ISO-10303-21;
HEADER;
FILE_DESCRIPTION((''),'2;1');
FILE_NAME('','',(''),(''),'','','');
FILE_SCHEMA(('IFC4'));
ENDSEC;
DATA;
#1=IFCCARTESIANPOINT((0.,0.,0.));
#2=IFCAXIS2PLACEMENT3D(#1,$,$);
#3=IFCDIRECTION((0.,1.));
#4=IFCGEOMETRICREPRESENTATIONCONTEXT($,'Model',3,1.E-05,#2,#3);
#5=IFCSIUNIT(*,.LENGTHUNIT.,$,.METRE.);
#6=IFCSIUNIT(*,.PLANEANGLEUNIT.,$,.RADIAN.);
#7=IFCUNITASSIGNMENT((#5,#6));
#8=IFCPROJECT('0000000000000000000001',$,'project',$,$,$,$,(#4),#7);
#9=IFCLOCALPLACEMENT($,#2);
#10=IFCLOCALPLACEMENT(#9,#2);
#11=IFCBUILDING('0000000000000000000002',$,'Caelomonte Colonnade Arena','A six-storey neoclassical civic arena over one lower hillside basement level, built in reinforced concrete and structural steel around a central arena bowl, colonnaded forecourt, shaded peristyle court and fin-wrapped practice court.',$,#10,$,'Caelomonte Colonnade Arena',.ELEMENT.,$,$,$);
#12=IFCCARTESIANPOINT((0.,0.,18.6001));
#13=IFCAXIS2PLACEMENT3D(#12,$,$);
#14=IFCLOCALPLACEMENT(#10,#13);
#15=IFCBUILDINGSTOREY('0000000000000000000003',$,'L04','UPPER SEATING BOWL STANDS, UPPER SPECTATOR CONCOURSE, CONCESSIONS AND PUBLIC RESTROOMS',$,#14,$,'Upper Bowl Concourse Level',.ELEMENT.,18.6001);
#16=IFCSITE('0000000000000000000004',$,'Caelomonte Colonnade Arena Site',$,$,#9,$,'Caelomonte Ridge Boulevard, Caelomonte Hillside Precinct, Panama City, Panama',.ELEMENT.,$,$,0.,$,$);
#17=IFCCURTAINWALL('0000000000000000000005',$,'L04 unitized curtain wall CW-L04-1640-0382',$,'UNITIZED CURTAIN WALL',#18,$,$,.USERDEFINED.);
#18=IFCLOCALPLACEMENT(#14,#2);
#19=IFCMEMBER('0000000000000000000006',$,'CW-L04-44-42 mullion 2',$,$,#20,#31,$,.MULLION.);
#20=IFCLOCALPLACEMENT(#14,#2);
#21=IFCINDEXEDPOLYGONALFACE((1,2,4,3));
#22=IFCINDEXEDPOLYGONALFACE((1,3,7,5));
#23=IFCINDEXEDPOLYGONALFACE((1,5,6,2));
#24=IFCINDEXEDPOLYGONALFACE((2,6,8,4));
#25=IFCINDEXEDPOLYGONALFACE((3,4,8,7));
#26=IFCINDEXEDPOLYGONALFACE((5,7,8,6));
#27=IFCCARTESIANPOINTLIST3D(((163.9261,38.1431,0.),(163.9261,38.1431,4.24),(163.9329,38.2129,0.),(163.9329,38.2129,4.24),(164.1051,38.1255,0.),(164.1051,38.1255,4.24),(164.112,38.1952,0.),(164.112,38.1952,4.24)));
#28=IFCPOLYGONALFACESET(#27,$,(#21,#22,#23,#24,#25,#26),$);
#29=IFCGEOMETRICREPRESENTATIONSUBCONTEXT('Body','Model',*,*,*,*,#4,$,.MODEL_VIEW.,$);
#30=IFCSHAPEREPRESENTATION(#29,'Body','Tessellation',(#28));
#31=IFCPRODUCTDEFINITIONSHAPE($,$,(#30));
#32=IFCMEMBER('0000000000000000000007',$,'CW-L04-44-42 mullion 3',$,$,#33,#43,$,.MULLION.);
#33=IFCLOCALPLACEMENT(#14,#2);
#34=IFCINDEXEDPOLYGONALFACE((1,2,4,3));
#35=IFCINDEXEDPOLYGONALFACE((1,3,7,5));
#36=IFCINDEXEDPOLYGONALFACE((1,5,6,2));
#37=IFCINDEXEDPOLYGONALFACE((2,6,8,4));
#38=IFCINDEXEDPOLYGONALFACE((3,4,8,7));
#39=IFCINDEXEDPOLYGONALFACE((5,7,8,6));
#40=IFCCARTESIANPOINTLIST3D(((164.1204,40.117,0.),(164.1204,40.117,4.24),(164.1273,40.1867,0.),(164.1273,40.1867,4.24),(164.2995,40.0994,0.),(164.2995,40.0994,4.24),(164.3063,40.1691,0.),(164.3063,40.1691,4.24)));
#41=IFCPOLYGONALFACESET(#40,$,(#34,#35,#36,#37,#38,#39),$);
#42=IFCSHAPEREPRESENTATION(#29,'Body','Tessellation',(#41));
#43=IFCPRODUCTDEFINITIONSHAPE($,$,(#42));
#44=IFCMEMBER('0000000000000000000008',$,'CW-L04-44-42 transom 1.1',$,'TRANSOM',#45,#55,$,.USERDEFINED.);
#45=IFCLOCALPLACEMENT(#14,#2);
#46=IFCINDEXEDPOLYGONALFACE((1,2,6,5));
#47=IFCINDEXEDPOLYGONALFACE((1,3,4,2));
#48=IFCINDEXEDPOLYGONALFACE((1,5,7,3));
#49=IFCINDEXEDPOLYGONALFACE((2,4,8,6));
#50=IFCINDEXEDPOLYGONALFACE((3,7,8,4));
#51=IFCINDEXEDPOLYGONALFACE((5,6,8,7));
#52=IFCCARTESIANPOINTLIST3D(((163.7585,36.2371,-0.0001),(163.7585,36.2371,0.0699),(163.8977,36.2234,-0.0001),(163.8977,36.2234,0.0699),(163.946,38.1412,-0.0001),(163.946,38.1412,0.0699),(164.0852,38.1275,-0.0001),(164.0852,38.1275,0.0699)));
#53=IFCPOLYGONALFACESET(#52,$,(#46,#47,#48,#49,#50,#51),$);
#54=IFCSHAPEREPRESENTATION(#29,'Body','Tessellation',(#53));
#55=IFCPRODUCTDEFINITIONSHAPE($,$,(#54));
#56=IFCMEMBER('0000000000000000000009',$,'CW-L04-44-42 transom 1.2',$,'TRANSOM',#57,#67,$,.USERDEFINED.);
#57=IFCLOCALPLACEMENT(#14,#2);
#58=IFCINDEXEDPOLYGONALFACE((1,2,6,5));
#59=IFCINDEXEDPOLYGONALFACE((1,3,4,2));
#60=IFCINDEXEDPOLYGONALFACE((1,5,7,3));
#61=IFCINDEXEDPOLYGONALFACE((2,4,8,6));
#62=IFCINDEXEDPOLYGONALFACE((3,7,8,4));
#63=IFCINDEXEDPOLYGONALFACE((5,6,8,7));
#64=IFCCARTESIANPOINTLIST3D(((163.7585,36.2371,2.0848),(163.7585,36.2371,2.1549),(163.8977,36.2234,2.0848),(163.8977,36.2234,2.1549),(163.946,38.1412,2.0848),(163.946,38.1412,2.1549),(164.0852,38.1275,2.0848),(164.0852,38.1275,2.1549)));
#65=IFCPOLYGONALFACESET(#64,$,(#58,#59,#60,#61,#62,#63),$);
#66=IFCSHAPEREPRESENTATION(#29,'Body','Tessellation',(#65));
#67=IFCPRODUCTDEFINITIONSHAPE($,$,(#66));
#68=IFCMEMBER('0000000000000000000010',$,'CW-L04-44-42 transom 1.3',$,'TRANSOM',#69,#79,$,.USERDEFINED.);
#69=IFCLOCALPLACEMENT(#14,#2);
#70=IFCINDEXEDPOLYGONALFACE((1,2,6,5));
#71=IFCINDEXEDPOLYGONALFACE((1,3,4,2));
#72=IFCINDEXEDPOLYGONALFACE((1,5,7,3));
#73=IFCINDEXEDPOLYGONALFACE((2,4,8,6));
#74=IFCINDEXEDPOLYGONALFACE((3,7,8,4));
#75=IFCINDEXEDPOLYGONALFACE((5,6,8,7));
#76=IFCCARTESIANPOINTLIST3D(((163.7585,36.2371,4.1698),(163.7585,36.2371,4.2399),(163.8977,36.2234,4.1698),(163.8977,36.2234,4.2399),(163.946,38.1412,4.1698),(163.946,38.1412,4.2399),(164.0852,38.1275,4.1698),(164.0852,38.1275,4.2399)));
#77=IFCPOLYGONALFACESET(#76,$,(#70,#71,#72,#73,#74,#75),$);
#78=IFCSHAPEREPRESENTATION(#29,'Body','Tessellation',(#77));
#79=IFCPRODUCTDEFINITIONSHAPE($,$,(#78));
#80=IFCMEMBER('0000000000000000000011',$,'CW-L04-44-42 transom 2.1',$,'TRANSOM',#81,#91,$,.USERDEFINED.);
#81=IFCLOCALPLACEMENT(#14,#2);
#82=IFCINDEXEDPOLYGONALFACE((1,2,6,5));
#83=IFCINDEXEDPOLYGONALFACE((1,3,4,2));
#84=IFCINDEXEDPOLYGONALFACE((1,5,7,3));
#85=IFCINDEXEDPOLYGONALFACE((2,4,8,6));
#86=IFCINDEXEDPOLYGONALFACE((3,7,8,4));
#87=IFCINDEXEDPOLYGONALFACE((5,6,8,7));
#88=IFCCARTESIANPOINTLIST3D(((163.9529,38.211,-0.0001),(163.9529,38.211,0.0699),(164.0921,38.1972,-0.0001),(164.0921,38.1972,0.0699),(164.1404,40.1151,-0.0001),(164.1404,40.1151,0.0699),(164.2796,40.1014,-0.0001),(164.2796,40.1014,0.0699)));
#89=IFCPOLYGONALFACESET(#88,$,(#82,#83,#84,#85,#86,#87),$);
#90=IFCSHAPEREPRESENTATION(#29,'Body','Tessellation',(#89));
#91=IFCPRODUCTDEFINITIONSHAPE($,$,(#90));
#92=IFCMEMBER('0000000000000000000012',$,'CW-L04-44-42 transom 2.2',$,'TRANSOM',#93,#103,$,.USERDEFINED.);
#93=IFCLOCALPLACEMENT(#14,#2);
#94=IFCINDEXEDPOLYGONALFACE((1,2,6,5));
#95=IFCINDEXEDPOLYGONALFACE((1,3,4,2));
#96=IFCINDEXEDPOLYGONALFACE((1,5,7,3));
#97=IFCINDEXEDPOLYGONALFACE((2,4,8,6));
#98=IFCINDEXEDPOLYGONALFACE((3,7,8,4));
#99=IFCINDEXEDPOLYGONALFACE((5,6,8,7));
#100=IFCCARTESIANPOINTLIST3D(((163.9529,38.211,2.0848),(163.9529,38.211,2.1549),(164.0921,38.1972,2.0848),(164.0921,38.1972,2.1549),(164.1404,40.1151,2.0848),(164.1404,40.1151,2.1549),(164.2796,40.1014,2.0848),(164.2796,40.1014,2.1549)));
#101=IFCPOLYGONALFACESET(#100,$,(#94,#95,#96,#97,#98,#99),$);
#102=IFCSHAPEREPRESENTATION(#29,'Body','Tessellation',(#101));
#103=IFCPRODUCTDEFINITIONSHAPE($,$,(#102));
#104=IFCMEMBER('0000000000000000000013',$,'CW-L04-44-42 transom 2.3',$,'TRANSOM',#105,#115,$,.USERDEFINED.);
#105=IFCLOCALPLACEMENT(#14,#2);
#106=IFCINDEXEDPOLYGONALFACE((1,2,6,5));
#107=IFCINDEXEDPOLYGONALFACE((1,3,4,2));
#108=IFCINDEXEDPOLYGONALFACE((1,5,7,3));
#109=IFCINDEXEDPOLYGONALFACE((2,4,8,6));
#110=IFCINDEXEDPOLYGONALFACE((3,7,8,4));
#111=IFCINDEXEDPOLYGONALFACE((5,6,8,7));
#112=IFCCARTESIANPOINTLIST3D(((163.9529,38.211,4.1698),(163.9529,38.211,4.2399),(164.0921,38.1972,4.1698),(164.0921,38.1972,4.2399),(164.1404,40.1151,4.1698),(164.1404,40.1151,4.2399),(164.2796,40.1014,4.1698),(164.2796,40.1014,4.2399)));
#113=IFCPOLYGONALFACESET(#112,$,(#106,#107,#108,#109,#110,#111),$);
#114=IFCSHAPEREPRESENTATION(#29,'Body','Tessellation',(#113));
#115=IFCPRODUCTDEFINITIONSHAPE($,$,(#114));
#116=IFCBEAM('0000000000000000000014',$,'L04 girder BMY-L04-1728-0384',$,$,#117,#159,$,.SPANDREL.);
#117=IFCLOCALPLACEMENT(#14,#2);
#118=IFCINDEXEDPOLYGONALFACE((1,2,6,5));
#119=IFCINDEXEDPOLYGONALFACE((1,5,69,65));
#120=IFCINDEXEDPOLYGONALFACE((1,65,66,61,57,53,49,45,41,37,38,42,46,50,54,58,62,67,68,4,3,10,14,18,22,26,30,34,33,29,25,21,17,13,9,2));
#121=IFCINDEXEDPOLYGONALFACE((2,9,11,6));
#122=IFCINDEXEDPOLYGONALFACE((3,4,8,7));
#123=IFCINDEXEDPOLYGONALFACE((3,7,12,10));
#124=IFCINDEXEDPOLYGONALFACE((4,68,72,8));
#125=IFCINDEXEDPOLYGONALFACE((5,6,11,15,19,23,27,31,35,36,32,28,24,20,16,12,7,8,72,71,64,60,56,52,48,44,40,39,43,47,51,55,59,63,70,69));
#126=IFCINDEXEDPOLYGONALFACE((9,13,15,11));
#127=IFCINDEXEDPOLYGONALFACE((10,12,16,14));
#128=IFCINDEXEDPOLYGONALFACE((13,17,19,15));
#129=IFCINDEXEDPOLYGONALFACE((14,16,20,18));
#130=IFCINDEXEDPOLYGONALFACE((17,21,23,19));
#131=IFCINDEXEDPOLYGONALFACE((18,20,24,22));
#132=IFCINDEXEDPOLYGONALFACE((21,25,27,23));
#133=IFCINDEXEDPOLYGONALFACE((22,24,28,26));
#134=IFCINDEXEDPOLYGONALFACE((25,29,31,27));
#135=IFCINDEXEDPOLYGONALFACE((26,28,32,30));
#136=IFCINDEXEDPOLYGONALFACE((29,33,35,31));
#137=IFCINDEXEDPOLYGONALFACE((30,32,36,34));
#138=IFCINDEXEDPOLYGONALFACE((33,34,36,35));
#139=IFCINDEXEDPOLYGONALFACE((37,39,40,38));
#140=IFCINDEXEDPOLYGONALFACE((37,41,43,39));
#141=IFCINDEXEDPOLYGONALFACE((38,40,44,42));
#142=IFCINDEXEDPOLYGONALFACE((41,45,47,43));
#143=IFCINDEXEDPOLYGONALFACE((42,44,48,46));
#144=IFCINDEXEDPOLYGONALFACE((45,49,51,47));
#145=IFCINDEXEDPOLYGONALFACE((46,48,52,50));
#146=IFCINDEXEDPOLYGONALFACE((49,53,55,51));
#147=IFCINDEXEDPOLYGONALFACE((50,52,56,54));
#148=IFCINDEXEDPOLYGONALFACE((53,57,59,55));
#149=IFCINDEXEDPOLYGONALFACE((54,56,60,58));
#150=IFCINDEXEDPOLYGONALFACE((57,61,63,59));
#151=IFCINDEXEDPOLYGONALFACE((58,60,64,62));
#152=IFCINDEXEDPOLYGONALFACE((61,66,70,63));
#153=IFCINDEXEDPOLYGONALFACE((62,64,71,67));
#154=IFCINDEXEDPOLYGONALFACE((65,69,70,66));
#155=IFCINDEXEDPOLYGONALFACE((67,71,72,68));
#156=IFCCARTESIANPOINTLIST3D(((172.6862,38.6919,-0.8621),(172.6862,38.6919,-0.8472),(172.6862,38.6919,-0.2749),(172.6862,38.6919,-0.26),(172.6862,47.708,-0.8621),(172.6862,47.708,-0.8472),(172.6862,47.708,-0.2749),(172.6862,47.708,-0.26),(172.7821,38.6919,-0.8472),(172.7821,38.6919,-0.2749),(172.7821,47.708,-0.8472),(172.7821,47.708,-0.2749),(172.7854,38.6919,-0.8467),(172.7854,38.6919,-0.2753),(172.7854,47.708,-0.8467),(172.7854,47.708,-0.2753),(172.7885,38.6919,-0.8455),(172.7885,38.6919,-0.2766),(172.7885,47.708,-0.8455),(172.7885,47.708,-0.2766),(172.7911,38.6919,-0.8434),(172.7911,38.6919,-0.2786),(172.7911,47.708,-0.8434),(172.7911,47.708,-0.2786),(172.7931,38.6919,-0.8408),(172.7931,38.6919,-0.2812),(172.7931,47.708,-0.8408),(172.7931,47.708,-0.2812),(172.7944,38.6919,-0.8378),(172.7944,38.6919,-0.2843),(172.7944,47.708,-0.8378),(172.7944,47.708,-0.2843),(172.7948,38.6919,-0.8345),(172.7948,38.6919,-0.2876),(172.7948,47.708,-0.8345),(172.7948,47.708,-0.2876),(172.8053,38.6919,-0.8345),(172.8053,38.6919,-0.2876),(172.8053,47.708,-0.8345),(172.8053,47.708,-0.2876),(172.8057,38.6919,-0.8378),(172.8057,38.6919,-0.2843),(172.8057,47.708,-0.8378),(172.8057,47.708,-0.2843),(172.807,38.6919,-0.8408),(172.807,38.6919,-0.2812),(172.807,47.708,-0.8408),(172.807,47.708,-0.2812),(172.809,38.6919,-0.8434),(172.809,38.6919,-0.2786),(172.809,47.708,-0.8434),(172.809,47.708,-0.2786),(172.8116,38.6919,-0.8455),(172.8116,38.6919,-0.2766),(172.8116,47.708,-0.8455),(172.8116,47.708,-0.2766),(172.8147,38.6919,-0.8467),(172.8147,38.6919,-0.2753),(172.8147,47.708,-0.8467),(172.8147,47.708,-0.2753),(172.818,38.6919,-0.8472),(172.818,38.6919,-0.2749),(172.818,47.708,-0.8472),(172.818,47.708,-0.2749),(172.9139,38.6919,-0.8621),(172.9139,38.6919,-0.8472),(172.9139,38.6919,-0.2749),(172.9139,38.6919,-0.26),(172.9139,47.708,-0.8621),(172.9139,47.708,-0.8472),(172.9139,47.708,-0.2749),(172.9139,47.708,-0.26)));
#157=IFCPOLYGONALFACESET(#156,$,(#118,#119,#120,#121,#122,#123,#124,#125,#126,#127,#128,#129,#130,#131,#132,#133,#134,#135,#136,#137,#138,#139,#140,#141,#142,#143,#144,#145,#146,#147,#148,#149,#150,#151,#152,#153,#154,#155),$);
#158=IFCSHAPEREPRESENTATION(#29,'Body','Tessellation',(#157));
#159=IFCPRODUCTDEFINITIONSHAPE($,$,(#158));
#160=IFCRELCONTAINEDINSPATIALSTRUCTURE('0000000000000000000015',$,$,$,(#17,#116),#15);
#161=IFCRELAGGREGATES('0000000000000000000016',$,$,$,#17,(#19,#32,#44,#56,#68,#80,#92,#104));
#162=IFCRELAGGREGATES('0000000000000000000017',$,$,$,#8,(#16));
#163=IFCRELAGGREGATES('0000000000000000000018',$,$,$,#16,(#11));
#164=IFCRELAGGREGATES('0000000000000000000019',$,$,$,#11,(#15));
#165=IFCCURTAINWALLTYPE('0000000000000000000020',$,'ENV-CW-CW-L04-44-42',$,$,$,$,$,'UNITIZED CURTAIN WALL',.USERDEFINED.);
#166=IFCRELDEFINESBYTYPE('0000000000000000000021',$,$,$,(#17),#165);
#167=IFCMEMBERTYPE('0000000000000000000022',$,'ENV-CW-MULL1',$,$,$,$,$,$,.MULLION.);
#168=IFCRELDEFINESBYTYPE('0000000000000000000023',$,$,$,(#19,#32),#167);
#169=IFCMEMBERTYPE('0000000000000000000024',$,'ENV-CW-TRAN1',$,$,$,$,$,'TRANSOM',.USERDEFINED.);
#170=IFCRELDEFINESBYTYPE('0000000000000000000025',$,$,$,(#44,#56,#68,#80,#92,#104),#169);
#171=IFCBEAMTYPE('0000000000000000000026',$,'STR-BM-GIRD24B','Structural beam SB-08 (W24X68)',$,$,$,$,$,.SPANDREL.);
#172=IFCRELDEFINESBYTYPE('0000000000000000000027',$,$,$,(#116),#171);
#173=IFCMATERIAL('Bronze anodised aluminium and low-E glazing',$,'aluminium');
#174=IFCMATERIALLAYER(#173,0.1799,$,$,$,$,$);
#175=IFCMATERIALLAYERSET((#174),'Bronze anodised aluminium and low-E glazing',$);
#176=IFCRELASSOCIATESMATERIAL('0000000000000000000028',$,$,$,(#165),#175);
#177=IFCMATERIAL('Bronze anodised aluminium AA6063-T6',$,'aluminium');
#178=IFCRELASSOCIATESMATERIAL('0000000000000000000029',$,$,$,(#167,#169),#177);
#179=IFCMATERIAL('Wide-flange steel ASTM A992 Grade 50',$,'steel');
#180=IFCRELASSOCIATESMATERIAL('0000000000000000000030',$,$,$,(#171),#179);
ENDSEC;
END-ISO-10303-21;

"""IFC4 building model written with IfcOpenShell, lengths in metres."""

from ifc_helpers import new_model, si_unit, direction, frame, origin, origin_2d, place, context, subcontext, project, spatial, rectangle, i_section, extrude, material, layer, layer_set, material_profile, profile_set, type_object, element, aggregate, save


model = new_model("IFC4")

# Units and contexts
model_context = context("Model", 3, precision=1e-05, world=origin(), true_north=direction((0.0, 1.0)))
body_context = subcontext(model_context, "Body", "Model", "MODEL_VIEW")
ifc_project = project(units=[si_unit("LENGTHUNIT", "METRE"), si_unit("PLANEANGLEUNIT", "RADIAN")], contexts=[model_context])

# Site, building, storey
site_placement = place(None, origin())
site = spatial("IfcSite", under=ifc_project, at=site_placement, Name="Caelomonte Colonnade Arena Site", LongName="Caelomonte Ridge Boulevard, Caelomonte Hillside Precinct, Panama City, Panama", CompositionType="ELEMENT", RefElevation=0.0)
building_placement = place(site_placement, origin())
building = spatial("IfcBuilding", under=site, at=building_placement, Name="Caelomonte Colonnade Arena", Description="A six-storey neoclassical civic arena over one lower hillside basement level, built in reinforced concrete and structural steel around a central arena bowl, colonnaded forecourt, shaded peristyle court and fin-wrapped practice court.", LongName="Caelomonte Colonnade Arena", CompositionType="ELEMENT")
storey_placement = place(building_placement, frame((0.0, 0.0, 18.6001)))
storey = spatial("IfcBuildingStorey", under=building, at=storey_placement, Name="L04", Description="UPPER SEATING BOWL STANDS, UPPER SPECTATOR CONCOURSE, CONCESSIONS AND PUBLIC RESTROOMS", LongName="Upper Bowl Concourse Level", CompositionType="ELEMENT", Elevation=18.6001)

# Curtain wall, members
ifc_material_1 = material(Name="Bronze anodised aluminium and low-E glazing", Category="aluminium")
ifc_layer_1 = layer(ifc_material_1, 0.1799)
ifc_layer_set_1 = layer_set([ifc_layer_1], Name="Bronze anodised aluminium and low-E glazing")
curtain_wall_type = type_object("IfcCurtainWallType", Name="ENV-CW-CW-L04-44-42", ElementType="UNITIZED CURTAIN WALL", PredefinedType="USERDEFINED", material=ifc_layer_set_1)
curtain_wall_placement = place(storey_placement, origin())
curtain_wall = element("IfcCurtainWall", 1, at=curtain_wall_placement, inside=storey, type_object=curtain_wall_type, Name="L04 unitized curtain wall CW-L04-1640-0382", ObjectType="UNITIZED CURTAIN WALL", PredefinedType="USERDEFINED")
ifc_material_2 = material(Name="Bronze anodised aluminium AA6063-T6", Category="aluminium")
ifc_material_profile_1 = material_profile(ifc_material_2, rectangle(XDim=0.0701, YDim=0.1799, at=origin_2d()), Name="CWM-70X180")
ifc_profile_set_1 = profile_set([ifc_material_profile_1], Name="Bronze anodised aluminium AA6063-T6")
member_type_1 = type_object("IfcMemberType", Name="ENV-CW-MULL1", PredefinedType="MULLION", material=ifc_profile_set_1)
member_1_placement = place(storey_placement, frame((164.019, 38.1692, 0.0), z_axis=(0.0, 0.0, 1.0), x_axis=(0.098002, 0.995186, 0.0)))
member_1 = element("IfcMember", 2, at=member_1_placement, type_object=member_type_1, Name="CW-L04-44-42 mullion 2", PredefinedType="MULLION", context=body_context, shape_type="SweptSolid", body=[
    extrude(rectangle(XDim=0.0701, YDim=0.1799, at=origin_2d()), origin(), (0.0, 0.0, 1.0), 4.24),
])
member_2_placement = place(storey_placement, frame((164.2134, 40.1431, 0.0), z_axis=(0.0, 0.0, 1.0), x_axis=(0.098002, 0.995186, 0.0)))
member_2 = element("IfcMember", 3, at=member_2_placement, type_object=member_type_1, Name="CW-L04-44-42 mullion 3", PredefinedType="MULLION", context=body_context, shape_type="SweptSolid", body=[
    extrude(rectangle(XDim=0.0701, YDim=0.1799, at=origin_2d()), origin(), (0.0, 0.0, 1.0), 4.24),
])
ifc_material_profile_2 = material_profile(ifc_material_2, rectangle(XDim=0.0701, YDim=0.1399, at=origin_2d()), Name="CWT-70X140")
ifc_profile_set_2 = profile_set([ifc_material_profile_2], Name="Bronze anodised aluminium AA6063-T6")
member_type_2 = type_object("IfcMemberType", Name="ENV-CW-TRAN1", ElementType="TRANSOM", PredefinedType="USERDEFINED", material=ifc_profile_set_2)
member_3_placement = place(storey_placement, frame((163.8281, 36.2302, 0.0349), z_axis=(0.098, 0.995186, 0.0), x_axis=(0.0, 0.0, 1.0)))
member_3 = element("IfcMember", 4, at=member_3_placement, type_object=member_type_2, Name="CW-L04-44-42 transom 1.1", ObjectType="TRANSOM", PredefinedType="USERDEFINED", context=body_context, shape_type="SweptSolid", body=[
    extrude(rectangle(XDim=0.0701, YDim=0.1399, at=origin_2d()), origin(), (0.0, 0.0, 1.0), 1.9133),
])
member_4_placement = place(storey_placement, frame((163.8281, 36.2302, 2.1199), z_axis=(0.098, 0.995186, 0.0), x_axis=(0.0, 0.0, 1.0)))
member_4 = element("IfcMember", 5, at=member_4_placement, type_object=member_type_2, Name="CW-L04-44-42 transom 1.2", ObjectType="TRANSOM", PredefinedType="USERDEFINED", context=body_context, shape_type="SweptSolid", body=[
    extrude(rectangle(XDim=0.0701, YDim=0.1399, at=origin_2d()), origin(), (0.0, 0.0, 1.0), 1.9133),
])
member_5_placement = place(storey_placement, frame((163.8281, 36.2302, 4.2048), z_axis=(0.098, 0.995186, 0.0), x_axis=(0.0, 0.0, 1.0)))
member_5 = element("IfcMember", 6, at=member_5_placement, type_object=member_type_2, Name="CW-L04-44-42 transom 1.3", ObjectType="TRANSOM", PredefinedType="USERDEFINED", context=body_context, shape_type="SweptSolid", body=[
    extrude(rectangle(XDim=0.0701, YDim=0.1399, at=origin_2d()), origin(), (0.0, 0.0, 1.0), 1.9133),
])
member_6_placement = place(storey_placement, frame((164.0225, 38.2041, 0.0349), z_axis=(0.098, 0.995186, 0.0), x_axis=(0.0, 0.0, 1.0)))
member_6 = element("IfcMember", 7, at=member_6_placement, type_object=member_type_2, Name="CW-L04-44-42 transom 2.1", ObjectType="TRANSOM", PredefinedType="USERDEFINED", context=body_context, shape_type="SweptSolid", body=[
    extrude(rectangle(XDim=0.0701, YDim=0.1399, at=origin_2d()), origin(), (0.0, 0.0, 1.0), 1.9133),
])
member_7_placement = place(storey_placement, frame((164.0225, 38.2041, 2.1199), z_axis=(0.098, 0.995186, 0.0), x_axis=(0.0, 0.0, 1.0)))
member_7 = element("IfcMember", 8, at=member_7_placement, type_object=member_type_2, Name="CW-L04-44-42 transom 2.2", ObjectType="TRANSOM", PredefinedType="USERDEFINED", context=body_context, shape_type="SweptSolid", body=[
    extrude(rectangle(XDim=0.0701, YDim=0.1399, at=origin_2d()), origin(), (0.0, 0.0, 1.0), 1.9133),
])
member_8_placement = place(storey_placement, frame((164.0225, 38.2041, 4.2048), z_axis=(0.098, 0.995186, 0.0), x_axis=(0.0, 0.0, 1.0)))
member_8 = element("IfcMember", 9, at=member_8_placement, type_object=member_type_2, Name="CW-L04-44-42 transom 2.3", ObjectType="TRANSOM", PredefinedType="USERDEFINED", context=body_context, shape_type="SweptSolid", body=[
    extrude(rectangle(XDim=0.0701, YDim=0.1399, at=origin_2d()), origin(), (0.0, 0.0, 1.0), 1.9133),
])

# Beam
ifc_material_3 = material(Name="Wide-flange steel ASTM A992 Grade 50", Category="steel")
ifc_material_profile_3 = material_profile(ifc_material_3, i_section(OverallWidth=0.2278, OverallDepth=0.6021, WebThickness=0.0105, FlangeThickness=0.0149, FilletRadius=0.0127, at=origin_2d()), Name="W24X68")
ifc_profile_set_3 = profile_set([ifc_material_profile_3], Name="Wide-flange steel ASTM A992 Grade 50")
beam_type_1 = type_object("IfcBeamType", Name="STR-BM-GIRD24B", Description="Structural beam SB-08 (W24X68)", PredefinedType="SPANDREL", material=ifc_profile_set_3)
for number, where, z_axis, x_axis, name in (
    (10, (172.8, 38.6919, -0.561), (0.0, 1.0, 0.0), (-1.0, 0.0, 0.0), "L04 girder BMY-L04-1728-0384"),
):
    element("IfcBeam", number, at=place(storey_placement, frame(where, z_axis=z_axis, x_axis=x_axis)), inside=storey, type_object=beam_type_1, Name=name, PredefinedType="SPANDREL", context=body_context, shape_type="SweptSolid", body=[
        extrude(i_section(OverallWidth=0.2278, OverallDepth=0.6021, WebThickness=0.0105, FlangeThickness=0.0149, FilletRadius=0.0127, at=origin_2d()), origin(), (0.0, 0.0, 1.0), 9.0161),
    ])

aggregate(curtain_wall, [member_1, member_2, member_3, member_4, member_5, member_6, member_7, member_8])

save(model, "model.ifc")
